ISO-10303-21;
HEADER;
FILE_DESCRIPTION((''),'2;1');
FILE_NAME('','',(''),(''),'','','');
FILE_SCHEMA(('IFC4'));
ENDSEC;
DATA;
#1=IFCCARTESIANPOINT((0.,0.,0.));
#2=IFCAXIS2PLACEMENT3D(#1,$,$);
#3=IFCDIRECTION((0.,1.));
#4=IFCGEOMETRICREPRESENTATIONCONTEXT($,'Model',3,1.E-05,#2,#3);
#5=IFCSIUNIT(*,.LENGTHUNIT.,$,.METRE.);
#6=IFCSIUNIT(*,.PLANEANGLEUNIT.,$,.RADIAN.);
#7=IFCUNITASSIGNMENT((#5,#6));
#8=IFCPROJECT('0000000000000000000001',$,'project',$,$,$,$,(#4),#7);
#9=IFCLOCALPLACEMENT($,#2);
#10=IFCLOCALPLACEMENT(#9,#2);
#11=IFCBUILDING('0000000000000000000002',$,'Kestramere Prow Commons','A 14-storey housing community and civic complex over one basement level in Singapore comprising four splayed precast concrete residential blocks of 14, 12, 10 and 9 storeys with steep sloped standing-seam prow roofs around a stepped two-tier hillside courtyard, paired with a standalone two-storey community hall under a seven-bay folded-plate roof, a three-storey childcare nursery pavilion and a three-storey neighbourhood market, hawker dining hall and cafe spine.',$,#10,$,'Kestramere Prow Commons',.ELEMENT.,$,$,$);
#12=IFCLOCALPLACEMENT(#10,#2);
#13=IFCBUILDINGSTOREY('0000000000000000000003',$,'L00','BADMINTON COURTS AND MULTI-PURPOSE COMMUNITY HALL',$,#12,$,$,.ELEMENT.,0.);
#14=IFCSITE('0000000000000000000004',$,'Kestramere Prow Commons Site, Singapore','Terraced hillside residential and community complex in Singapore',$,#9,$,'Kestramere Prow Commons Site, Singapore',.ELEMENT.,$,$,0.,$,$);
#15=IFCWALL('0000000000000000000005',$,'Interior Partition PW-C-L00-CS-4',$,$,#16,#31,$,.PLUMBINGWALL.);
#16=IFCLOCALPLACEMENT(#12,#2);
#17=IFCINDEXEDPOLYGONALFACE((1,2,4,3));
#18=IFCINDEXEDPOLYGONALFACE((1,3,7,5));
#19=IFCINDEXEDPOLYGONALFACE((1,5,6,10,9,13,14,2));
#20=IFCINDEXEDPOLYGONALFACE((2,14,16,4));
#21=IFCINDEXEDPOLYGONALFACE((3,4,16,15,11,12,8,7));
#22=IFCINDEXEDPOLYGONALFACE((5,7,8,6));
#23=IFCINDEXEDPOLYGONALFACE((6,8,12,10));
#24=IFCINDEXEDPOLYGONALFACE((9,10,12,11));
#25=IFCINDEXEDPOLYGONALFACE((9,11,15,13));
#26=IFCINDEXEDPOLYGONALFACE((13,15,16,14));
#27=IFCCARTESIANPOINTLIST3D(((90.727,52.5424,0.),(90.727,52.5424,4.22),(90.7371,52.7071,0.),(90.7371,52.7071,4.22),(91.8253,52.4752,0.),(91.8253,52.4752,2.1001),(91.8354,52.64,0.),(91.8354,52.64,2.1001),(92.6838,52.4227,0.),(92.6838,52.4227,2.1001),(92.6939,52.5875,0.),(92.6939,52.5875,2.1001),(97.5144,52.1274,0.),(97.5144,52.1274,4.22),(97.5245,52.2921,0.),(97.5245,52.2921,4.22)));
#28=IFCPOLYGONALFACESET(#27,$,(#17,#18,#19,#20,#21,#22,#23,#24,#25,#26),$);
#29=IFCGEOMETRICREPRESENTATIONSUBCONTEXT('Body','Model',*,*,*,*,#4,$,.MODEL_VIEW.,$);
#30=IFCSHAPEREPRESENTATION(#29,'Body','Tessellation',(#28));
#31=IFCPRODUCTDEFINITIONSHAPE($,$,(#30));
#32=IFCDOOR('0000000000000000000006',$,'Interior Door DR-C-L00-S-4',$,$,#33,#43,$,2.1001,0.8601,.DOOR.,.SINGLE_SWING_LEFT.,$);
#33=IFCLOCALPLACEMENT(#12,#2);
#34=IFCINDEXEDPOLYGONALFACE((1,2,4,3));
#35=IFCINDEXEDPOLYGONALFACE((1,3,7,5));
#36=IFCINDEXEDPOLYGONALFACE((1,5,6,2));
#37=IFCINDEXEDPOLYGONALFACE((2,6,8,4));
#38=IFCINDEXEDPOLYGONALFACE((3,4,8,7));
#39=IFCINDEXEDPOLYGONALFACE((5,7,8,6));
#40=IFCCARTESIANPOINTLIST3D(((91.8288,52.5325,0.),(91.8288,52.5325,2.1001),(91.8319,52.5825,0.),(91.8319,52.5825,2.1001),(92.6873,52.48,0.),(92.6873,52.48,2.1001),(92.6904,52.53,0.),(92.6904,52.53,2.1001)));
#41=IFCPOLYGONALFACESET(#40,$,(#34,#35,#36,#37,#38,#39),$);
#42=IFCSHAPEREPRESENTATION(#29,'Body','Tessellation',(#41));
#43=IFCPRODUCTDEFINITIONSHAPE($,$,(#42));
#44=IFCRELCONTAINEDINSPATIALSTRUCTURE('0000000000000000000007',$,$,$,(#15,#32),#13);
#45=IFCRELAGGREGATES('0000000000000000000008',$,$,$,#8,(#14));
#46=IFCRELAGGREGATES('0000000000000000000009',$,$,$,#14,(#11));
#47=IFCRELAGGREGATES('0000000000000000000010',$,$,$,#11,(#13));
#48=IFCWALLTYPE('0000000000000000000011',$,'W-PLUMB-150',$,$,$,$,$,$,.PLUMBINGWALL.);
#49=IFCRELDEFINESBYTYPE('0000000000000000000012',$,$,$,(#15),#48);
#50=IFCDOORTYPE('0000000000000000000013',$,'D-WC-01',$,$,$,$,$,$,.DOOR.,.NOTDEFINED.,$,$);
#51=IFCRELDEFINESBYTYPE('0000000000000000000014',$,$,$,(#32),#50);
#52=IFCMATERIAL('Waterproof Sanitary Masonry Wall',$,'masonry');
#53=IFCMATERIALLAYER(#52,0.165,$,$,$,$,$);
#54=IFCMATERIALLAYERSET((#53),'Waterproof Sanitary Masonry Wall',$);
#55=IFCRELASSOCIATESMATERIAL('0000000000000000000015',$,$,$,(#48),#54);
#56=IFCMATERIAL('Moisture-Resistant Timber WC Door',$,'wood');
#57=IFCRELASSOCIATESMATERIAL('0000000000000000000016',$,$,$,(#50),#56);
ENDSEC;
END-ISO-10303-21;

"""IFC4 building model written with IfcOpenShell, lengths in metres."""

from ifc_helpers import new_model, si_unit, direction, frame, frame_2d, origin, place, context, subcontext, project, spatial, rectangle, extrude, material, layer, layer_set, type_object, element, fill, save


model = new_model("IFC4")

# Units and contexts
model_context = context("Model", 3, precision=1e-05, world=origin(), true_north=direction((0.0, 1.0)))
body_context = subcontext(model_context, "Body", "Model", "MODEL_VIEW")
ifc_project = project(units=[si_unit("LENGTHUNIT", "METRE"), si_unit("PLANEANGLEUNIT", "RADIAN")], contexts=[model_context])

# Site, building, storey
site_placement = place(None, origin())
site = spatial("IfcSite", under=ifc_project, at=site_placement, Name="Kestramere Prow Commons Site, Singapore", Description="Terraced hillside residential and community complex in Singapore", LongName="Kestramere Prow Commons Site, Singapore", CompositionType="ELEMENT", RefElevation=0.0)
building_placement = place(site_placement, origin())
building = spatial("IfcBuilding", under=site, at=building_placement, Name="Kestramere Prow Commons", Description="A 14-storey housing community and civic complex over one basement level in Singapore comprising four splayed precast concrete residential blocks of 14, 12, 10 and 9 storeys with steep sloped standing-seam prow roofs around a stepped two-tier hillside courtyard, paired with a standalone two-storey community hall under a seven-bay folded-plate roof, a three-storey childcare nursery pavilion and a three-storey neighbourhood market, hawker dining hall and cafe spine.", LongName="Kestramere Prow Commons", CompositionType="ELEMENT")
storey_placement = place(building_placement, origin())
storey = spatial("IfcBuildingStorey", under=building, at=storey_placement, Name="L00", Description="BADMINTON COURTS AND MULTI-PURPOSE COMMUNITY HALL", CompositionType="ELEMENT", Elevation=0.0)

# Wall, opening, door
ifc_material_1 = material(Name="Waterproof Sanitary Masonry Wall", Category="masonry")
ifc_layer_1 = layer(ifc_material_1, 0.165)
ifc_layer_set_1 = layer_set([ifc_layer_1], Name="Waterproof Sanitary Masonry Wall")
wall_type_1 = type_object("IfcWallType", Name="W-PLUMB-150", PredefinedType="PLUMBINGWALL", material=ifc_layer_set_1)
wall_1_placement = place(storey_placement, frame((90.7322, 52.6248, 0.0), z_axis=(0.0, 0.0, 1.0), x_axis=(0.998136, -0.061035, 0.0)))
wall_1 = element("IfcWall", 1, at=wall_1_placement, inside=storey, type_object=wall_type_1, Name="Interior Partition PW-C-L00-CS-4", PredefinedType="PLUMBINGWALL", context=body_context, shape_type="SweptSolid", body=[
    extrude(rectangle(XDim=6.8, YDim=0.165, at=frame_2d((3.3999, 0.0))), origin(), (0.0, 0.0, 1.0), 4.22),
])
opening_1_placement = place(wall_1_placement, frame((1.1001, 0.0, 0.0)))
opening_1 = element("IfcOpeningElement", 2, at=opening_1_placement, cuts=wall_1, PredefinedType="OPENING", context=body_context, shape_type="SweptSolid", body=[
    extrude(rectangle(XDim=0.8601, YDim=2.1001, at=frame_2d((0.4302, 1.05))), frame((0.0, 0.0974, 0.0), z_axis=(0.0, -1.0, 0.0), x_axis=(1.0, 0.0, 0.0)), (0.0, 0.0, 1.0), 0.1951),
])
ifc_material_2 = material(Name="Moisture-Resistant Timber WC Door", Category="wood")
door_type_1 = type_object("IfcDoorType", Name="D-WC-01", OperationType="NOTDEFINED", PredefinedType="DOOR", material=ifc_material_2)
door_1_placement = place(opening_1_placement, origin())
door_1 = element("IfcDoor", 3, at=door_1_placement, inside=storey, type_object=door_type_1, Name="Interior Door DR-C-L00-S-4", OperationType="SINGLE_SWING_LEFT", OverallHeight=2.1001, OverallWidth=0.8601, PredefinedType="DOOR", context=body_context, shape_type="SweptSolid", body=[
    extrude(rectangle(XDim=0.8601, YDim=2.1001, at=frame_2d((0.4302, 1.05))), frame((0.0, 0.0249, 0.0), z_axis=(0.0, -1.0, 0.0), x_axis=(1.0, 0.0, 0.0)), (0.0, 0.0, 1.0), 0.05),
])
fill(opening_1, door_1)

save(model, "model.ifc")
